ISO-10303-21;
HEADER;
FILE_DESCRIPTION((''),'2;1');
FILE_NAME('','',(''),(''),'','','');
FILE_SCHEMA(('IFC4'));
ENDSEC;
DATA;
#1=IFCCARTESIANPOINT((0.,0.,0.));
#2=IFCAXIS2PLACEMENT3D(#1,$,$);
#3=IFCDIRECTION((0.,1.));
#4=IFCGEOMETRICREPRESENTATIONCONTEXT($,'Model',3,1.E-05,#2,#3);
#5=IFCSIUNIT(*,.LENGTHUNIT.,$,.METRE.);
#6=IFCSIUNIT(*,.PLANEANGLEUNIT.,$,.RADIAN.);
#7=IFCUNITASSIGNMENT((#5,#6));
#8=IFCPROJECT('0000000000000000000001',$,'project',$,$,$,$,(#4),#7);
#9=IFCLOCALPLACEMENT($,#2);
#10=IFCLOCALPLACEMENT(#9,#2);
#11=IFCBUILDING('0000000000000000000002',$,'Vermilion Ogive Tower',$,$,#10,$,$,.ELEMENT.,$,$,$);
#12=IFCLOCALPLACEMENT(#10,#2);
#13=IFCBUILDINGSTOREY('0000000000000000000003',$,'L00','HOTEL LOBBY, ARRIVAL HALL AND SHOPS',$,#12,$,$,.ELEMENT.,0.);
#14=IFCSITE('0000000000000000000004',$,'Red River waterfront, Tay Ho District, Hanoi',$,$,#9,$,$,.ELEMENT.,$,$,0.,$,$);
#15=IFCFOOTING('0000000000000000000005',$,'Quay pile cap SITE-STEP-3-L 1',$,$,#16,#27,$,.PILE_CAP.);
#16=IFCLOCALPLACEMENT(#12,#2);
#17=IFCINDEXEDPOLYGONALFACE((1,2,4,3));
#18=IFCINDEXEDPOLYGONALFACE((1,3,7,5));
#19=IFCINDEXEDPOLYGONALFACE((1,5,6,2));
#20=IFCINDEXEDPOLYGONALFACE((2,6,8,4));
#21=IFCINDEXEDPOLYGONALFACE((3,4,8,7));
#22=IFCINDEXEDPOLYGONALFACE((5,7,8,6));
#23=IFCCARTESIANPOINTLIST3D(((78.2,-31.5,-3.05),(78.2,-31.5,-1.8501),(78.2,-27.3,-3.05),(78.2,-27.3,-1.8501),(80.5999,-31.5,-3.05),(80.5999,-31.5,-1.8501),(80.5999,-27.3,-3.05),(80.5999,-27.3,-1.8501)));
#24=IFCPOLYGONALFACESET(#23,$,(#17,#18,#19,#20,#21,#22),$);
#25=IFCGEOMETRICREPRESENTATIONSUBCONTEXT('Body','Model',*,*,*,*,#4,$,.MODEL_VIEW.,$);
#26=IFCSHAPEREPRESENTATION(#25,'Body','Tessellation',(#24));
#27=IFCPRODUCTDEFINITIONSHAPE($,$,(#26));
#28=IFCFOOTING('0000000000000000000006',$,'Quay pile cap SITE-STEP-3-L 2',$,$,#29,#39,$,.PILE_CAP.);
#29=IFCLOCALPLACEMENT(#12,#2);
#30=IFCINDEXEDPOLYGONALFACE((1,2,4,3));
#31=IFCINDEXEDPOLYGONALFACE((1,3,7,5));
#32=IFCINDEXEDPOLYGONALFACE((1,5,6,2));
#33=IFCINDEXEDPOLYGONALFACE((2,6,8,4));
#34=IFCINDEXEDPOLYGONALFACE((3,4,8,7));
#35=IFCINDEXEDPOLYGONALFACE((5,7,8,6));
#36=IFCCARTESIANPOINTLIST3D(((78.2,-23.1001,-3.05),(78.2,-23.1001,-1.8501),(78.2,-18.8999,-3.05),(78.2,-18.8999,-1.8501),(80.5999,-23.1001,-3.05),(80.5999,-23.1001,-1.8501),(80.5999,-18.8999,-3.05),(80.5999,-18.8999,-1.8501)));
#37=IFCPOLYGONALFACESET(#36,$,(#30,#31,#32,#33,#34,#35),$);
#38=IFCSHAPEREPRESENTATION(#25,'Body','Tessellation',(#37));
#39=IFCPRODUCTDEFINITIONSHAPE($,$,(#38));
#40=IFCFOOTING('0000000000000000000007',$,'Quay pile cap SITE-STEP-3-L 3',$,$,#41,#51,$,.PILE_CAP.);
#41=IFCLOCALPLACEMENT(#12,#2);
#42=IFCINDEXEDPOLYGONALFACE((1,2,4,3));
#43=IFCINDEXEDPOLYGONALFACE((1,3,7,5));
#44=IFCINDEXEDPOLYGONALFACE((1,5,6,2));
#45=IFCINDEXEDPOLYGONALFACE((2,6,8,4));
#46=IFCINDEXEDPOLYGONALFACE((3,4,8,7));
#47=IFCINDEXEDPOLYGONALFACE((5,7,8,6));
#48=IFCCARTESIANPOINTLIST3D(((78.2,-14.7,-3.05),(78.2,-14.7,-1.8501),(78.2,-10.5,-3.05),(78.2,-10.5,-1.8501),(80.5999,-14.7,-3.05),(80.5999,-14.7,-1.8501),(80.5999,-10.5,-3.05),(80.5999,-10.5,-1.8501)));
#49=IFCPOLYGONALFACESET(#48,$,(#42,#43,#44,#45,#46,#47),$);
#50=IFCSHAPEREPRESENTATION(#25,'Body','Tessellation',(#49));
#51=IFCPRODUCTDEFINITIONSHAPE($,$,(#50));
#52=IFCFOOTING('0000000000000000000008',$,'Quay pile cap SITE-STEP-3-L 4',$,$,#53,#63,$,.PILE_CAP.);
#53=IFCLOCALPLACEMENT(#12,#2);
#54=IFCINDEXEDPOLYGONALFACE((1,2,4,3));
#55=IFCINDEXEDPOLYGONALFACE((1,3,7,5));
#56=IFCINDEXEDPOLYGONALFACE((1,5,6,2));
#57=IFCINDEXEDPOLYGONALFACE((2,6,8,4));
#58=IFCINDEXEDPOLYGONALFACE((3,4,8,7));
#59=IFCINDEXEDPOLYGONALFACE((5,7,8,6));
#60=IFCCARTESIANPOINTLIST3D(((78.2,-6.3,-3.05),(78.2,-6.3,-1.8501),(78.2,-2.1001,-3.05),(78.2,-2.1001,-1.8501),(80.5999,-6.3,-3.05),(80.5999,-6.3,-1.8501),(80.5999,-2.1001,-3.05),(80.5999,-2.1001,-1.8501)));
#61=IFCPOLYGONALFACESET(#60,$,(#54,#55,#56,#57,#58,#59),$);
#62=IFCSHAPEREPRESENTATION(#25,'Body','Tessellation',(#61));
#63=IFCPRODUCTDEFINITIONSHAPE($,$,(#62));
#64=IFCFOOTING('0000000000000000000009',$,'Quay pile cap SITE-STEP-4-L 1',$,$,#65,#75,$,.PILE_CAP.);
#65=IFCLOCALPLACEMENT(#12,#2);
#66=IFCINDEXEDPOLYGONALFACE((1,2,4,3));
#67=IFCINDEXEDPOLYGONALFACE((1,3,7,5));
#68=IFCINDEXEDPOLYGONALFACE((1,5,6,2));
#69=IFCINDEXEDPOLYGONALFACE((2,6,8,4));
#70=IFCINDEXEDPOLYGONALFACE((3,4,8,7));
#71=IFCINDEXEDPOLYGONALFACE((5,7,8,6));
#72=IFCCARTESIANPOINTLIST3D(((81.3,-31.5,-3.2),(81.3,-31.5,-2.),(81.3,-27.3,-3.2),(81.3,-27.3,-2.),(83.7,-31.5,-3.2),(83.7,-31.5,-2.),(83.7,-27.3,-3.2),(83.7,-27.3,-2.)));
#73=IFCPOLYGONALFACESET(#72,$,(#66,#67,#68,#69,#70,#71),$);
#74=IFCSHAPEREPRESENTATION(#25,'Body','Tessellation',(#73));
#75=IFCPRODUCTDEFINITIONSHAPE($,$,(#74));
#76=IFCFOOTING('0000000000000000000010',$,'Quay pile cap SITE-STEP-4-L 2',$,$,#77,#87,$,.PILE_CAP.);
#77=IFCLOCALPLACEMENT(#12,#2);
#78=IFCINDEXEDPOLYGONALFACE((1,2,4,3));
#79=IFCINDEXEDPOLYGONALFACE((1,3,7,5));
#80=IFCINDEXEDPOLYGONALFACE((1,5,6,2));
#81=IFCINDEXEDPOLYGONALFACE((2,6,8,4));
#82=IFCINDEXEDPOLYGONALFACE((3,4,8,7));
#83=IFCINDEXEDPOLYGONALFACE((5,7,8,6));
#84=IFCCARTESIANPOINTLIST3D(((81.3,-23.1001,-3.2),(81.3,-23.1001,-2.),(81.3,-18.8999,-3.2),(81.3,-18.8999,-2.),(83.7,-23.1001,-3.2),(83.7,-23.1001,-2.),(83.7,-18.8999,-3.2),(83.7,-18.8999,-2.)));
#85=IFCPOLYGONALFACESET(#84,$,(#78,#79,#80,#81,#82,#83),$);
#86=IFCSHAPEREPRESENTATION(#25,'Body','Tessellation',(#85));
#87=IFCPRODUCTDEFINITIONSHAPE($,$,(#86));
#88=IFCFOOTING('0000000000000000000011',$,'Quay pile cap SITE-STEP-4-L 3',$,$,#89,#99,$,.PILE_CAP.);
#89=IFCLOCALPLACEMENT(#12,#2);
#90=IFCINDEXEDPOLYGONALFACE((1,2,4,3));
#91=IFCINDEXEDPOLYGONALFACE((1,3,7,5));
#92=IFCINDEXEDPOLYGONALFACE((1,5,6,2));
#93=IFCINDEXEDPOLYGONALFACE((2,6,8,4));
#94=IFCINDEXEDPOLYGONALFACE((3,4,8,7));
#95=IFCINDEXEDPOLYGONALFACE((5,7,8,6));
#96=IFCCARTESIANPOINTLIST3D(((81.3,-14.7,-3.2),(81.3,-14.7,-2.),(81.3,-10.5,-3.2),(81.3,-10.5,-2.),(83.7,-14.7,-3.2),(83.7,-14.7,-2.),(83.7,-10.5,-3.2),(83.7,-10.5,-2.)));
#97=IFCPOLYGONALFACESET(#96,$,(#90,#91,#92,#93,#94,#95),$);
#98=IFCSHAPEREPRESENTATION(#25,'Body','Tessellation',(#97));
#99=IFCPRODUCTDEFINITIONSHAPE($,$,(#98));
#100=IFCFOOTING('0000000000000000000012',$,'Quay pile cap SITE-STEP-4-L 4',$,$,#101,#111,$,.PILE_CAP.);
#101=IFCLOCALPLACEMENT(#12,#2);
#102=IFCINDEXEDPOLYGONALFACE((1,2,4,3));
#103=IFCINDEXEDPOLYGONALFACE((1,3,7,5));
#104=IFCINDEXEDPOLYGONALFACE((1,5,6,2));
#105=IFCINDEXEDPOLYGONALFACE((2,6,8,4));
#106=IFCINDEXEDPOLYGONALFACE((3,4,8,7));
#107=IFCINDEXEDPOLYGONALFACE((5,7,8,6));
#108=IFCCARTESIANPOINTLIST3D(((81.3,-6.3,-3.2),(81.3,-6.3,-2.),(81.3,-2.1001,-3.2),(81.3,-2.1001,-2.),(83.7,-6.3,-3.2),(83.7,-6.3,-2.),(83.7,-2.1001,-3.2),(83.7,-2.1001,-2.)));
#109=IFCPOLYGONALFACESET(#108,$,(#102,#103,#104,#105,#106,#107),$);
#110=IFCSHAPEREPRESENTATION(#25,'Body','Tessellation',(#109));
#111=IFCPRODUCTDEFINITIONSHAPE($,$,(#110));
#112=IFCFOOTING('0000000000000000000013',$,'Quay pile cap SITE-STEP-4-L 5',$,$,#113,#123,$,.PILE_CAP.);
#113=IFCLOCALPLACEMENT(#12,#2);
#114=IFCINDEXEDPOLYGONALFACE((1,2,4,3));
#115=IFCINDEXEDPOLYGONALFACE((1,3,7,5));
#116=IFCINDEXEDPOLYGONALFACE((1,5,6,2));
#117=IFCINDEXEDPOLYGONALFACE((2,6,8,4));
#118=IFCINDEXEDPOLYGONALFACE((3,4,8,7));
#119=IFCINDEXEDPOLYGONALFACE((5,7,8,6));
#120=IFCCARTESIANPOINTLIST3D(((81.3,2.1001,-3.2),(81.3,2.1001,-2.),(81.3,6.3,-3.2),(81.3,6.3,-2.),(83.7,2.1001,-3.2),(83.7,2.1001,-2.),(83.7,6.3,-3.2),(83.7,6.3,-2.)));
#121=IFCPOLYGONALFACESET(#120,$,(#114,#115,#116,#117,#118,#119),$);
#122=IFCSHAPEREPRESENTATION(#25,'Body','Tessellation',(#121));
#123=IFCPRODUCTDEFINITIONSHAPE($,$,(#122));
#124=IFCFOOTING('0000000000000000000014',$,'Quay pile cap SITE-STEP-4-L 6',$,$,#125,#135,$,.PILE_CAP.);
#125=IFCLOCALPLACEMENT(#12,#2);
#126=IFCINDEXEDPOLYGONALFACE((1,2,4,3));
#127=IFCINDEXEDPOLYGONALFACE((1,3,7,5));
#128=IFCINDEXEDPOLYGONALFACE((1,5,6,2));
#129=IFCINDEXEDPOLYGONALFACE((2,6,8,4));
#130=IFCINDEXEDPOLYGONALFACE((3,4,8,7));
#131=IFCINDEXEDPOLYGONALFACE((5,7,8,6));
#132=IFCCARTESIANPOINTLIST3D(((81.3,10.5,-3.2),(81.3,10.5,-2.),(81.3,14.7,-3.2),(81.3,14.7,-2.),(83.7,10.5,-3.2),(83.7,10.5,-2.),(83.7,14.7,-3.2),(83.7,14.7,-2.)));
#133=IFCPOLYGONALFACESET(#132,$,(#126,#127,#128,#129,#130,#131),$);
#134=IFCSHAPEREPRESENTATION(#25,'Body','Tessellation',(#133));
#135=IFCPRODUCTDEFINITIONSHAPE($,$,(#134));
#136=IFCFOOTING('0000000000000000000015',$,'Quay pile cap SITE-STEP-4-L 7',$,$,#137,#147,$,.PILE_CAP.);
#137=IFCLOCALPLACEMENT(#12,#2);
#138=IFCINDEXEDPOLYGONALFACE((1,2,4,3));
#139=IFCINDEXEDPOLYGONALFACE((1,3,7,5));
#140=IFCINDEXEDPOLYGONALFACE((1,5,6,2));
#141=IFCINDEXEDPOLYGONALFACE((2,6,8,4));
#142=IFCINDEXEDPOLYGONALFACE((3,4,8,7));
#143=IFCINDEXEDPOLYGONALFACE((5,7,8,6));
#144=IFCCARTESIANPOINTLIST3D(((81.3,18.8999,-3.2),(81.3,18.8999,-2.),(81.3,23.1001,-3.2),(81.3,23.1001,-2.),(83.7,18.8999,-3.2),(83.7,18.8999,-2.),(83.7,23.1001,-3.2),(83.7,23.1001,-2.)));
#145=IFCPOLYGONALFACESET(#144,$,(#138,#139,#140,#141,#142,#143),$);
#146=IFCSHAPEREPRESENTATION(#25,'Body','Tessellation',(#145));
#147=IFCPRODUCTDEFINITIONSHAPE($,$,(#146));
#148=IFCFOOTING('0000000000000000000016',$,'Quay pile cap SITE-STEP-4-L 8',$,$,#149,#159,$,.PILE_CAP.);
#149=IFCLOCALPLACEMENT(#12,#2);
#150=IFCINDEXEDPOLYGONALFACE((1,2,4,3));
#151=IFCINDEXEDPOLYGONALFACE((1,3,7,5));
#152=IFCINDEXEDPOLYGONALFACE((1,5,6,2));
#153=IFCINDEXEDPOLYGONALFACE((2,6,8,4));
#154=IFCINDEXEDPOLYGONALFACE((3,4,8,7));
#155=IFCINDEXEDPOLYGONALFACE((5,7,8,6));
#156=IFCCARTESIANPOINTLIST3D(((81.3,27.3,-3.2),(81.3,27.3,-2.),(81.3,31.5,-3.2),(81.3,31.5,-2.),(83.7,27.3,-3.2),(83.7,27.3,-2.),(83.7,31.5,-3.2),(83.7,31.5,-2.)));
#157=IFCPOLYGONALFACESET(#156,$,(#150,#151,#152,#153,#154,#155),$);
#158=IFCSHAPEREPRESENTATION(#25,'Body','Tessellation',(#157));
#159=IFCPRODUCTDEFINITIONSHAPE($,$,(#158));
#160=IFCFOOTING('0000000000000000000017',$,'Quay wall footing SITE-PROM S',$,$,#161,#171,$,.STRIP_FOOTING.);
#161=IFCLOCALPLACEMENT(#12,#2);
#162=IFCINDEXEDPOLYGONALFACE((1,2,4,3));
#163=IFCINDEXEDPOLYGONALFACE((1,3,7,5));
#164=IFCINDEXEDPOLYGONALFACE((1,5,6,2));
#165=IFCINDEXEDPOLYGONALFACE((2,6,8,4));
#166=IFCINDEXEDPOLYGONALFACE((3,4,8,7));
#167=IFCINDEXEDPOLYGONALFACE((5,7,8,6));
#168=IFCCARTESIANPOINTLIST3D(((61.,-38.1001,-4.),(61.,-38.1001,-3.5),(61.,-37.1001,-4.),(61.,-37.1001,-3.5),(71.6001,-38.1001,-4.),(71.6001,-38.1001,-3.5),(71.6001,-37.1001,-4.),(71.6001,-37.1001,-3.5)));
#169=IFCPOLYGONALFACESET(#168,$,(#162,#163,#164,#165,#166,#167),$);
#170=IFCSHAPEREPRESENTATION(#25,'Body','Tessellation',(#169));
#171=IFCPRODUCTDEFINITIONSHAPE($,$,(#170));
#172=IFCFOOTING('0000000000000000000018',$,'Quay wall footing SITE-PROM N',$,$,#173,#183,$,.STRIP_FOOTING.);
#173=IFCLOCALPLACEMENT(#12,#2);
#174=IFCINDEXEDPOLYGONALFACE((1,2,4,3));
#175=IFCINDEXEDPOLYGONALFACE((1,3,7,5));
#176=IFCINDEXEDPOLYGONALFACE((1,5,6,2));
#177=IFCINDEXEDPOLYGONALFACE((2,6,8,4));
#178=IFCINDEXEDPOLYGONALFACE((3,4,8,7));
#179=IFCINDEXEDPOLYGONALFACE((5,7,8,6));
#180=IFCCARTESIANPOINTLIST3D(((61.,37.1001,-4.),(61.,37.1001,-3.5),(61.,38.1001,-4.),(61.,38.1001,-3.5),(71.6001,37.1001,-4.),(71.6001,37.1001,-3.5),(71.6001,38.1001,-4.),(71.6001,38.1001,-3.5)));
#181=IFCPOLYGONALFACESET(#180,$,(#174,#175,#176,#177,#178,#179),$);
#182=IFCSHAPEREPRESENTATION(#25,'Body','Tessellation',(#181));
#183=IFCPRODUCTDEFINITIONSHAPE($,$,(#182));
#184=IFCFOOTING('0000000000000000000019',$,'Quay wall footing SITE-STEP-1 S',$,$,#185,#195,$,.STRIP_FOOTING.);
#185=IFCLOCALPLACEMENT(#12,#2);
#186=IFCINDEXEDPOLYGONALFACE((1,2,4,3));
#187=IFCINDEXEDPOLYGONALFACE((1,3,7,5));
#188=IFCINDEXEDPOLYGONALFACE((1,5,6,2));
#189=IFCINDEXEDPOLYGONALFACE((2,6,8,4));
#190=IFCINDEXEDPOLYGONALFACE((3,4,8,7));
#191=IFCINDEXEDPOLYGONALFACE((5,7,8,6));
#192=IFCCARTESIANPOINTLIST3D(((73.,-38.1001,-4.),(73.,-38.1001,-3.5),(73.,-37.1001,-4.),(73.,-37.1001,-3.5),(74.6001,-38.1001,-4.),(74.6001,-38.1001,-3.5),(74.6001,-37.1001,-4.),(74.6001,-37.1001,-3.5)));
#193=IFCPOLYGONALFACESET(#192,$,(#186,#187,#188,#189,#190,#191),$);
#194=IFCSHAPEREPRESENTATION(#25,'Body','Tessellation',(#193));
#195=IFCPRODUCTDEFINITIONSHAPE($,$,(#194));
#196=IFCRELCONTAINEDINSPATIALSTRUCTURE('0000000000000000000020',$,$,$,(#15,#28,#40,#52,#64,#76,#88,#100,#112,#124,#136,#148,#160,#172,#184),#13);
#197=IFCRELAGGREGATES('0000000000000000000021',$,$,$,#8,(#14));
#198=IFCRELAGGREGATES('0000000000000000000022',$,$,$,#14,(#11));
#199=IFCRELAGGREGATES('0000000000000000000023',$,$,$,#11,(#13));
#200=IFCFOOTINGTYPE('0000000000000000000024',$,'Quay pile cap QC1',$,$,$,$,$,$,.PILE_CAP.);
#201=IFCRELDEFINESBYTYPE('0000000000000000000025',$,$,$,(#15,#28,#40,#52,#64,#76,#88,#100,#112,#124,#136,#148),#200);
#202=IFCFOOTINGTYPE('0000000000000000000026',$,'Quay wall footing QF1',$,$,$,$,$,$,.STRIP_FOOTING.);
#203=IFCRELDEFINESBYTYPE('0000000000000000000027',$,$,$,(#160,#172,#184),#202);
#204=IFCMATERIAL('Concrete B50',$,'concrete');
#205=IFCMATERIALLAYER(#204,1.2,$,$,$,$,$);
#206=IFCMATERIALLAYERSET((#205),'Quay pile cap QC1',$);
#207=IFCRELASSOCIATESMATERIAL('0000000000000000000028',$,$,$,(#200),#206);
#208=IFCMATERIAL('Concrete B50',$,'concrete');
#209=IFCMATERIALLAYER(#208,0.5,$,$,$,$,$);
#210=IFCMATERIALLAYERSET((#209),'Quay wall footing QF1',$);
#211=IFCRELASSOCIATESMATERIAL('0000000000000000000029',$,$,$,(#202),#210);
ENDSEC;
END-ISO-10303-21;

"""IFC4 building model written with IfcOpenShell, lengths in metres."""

from ifc_helpers import new_model, si_unit, direction, frame, origin, place, context, subcontext, project, spatial, polyline, outline, extrude, material, layer, layer_set, type_object, element, save


model = new_model("IFC4")

# Units and contexts
model_context = context("Model", 3, precision=1e-05, world=origin(), true_north=direction((0.0, 1.0)))
body_context = subcontext(model_context, "Body", "Model", "MODEL_VIEW")
ifc_project = project(units=[si_unit("LENGTHUNIT", "METRE"), si_unit("PLANEANGLEUNIT", "RADIAN")], contexts=[model_context])

# Site, building, storey
site_placement = place(None, origin())
site = spatial("IfcSite", under=ifc_project, at=site_placement, Name="Red River waterfront, Tay Ho District, Hanoi", CompositionType="ELEMENT", RefElevation=0.0)
building_placement = place(site_placement, origin())
building = spatial("IfcBuilding", under=site, at=building_placement, Name="Vermilion Ogive Tower", CompositionType="ELEMENT")
storey_placement = place(building_placement, origin())
storey = spatial("IfcBuildingStorey", under=building, at=storey_placement, Name="L00", Description="HOTEL LOBBY, ARRIVAL HALL AND SHOPS", CompositionType="ELEMENT", Elevation=0.0)

# Footings
ifc_material_1 = material(Name="Concrete B50", Category="concrete")
ifc_layer_1 = layer(ifc_material_1, 1.2)
ifc_layer_set_1 = layer_set([ifc_layer_1], Name="Quay pile cap QC1")
footing_type_1 = type_object("IfcFootingType", Name="Quay pile cap QC1", PredefinedType="PILE_CAP", material=ifc_layer_set_1)
footing_1_placement = place(storey_placement, frame((0.0, 0.0, -3.05)))
element("IfcFooting", 1, at=footing_1_placement, inside=storey, type_object=footing_type_1, Name="Quay pile cap SITE-STEP-3-L 1", PredefinedType="PILE_CAP", context=body_context, shape_type="SweptSolid", body=[
    extrude(outline(polyline([(80.5999, -31.5), (80.5999, -27.3), (78.2, -27.3), (78.2, -31.5), (80.5999, -31.5)])), origin(), (0.0, 0.0, 1.0), 1.2),
])
footing_2_placement = place(storey_placement, frame((0.0, 0.0, -3.05)))
element("IfcFooting", 2, at=footing_2_placement, inside=storey, type_object=footing_type_1, Name="Quay pile cap SITE-STEP-3-L 2", PredefinedType="PILE_CAP", context=body_context, shape_type="SweptSolid", body=[
    extrude(outline(polyline([(80.5999, -23.1001), (80.5999, -18.8999), (78.2, -18.8999), (78.2, -23.1001), (80.5999, -23.1001)])), origin(), (0.0, 0.0, 1.0), 1.2),
])
footing_3_placement = place(storey_placement, frame((0.0, 0.0, -3.05)))
element("IfcFooting", 3, at=footing_3_placement, inside=storey, type_object=footing_type_1, Name="Quay pile cap SITE-STEP-3-L 3", PredefinedType="PILE_CAP", context=body_context, shape_type="SweptSolid", body=[
    extrude(outline(polyline([(80.5999, -14.7), (80.5999, -10.5), (78.2, -10.5), (78.2, -14.7), (80.5999, -14.7)])), origin(), (0.0, 0.0, 1.0), 1.2),
])
footing_4_placement = place(storey_placement, frame((0.0, 0.0, -3.05)))
element("IfcFooting", 4, at=footing_4_placement, inside=storey, type_object=footing_type_1, Name="Quay pile cap SITE-STEP-3-L 4", PredefinedType="PILE_CAP", context=body_context, shape_type="SweptSolid", body=[
    extrude(outline(polyline([(80.5999, -6.3), (80.5999, -2.1001), (78.2, -2.1001), (78.2, -6.3), (80.5999, -6.3)])), origin(), (0.0, 0.0, 1.0), 1.2),
])
footing_5_placement = place(storey_placement, frame((0.0, 0.0, -3.2)))
element("IfcFooting", 5, at=footing_5_placement, inside=storey, type_object=footing_type_1, Name="Quay pile cap SITE-STEP-4-L 1", PredefinedType="PILE_CAP", context=body_context, shape_type="SweptSolid", body=[
    extrude(outline(polyline([(83.7, -31.5), (83.7, -27.3), (81.3, -27.3), (81.3, -31.5), (83.7, -31.5)])), origin(), (0.0, 0.0, 1.0), 1.2),
])
footing_6_placement = place(storey_placement, frame((0.0, 0.0, -3.2)))
element("IfcFooting", 6, at=footing_6_placement, inside=storey, type_object=footing_type_1, Name="Quay pile cap SITE-STEP-4-L 2", PredefinedType="PILE_CAP", context=body_context, shape_type="SweptSolid", body=[
    extrude(outline(polyline([(83.7, -23.1001), (83.7, -18.8999), (81.3, -18.8999), (81.3, -23.1001), (83.7, -23.1001)])), origin(), (0.0, 0.0, 1.0), 1.2),
])
footing_7_placement = place(storey_placement, frame((0.0, 0.0, -3.2)))
element("IfcFooting", 7, at=footing_7_placement, inside=storey, type_object=footing_type_1, Name="Quay pile cap SITE-STEP-4-L 3", PredefinedType="PILE_CAP", context=body_context, shape_type="SweptSolid", body=[
    extrude(outline(polyline([(83.7, -14.7), (83.7, -10.5), (81.3, -10.5), (81.3, -14.7), (83.7, -14.7)])), origin(), (0.0, 0.0, 1.0), 1.2),
])
footing_8_placement = place(storey_placement, frame((0.0, 0.0, -3.2)))
element("IfcFooting", 8, at=footing_8_placement, inside=storey, type_object=footing_type_1, Name="Quay pile cap SITE-STEP-4-L 4", PredefinedType="PILE_CAP", context=body_context, shape_type="SweptSolid", body=[
    extrude(outline(polyline([(83.7, -6.3), (83.7, -2.1001), (81.3, -2.1001), (81.3, -6.3), (83.7, -6.3)])), origin(), (0.0, 0.0, 1.0), 1.2),
])
footing_9_placement = place(storey_placement, frame((0.0, 0.0, -3.2)))
element("IfcFooting", 9, at=footing_9_placement, inside=storey, type_object=footing_type_1, Name="Quay pile cap SITE-STEP-4-L 5", PredefinedType="PILE_CAP", context=body_context, shape_type="SweptSolid", body=[
    extrude(outline(polyline([(83.7, 2.1001), (83.7, 6.3), (81.3, 6.3), (81.3, 2.1001), (83.7, 2.1001)])), origin(), (0.0, 0.0, 1.0), 1.2),
])
footing_10_placement = place(storey_placement, frame((0.0, 0.0, -3.2)))
element("IfcFooting", 10, at=footing_10_placement, inside=storey, type_object=footing_type_1, Name="Quay pile cap SITE-STEP-4-L 6", PredefinedType="PILE_CAP", context=body_context, shape_type="SweptSolid", body=[
    extrude(outline(polyline([(83.7, 10.5), (83.7, 14.7), (81.3, 14.7), (81.3, 10.5), (83.7, 10.5)])), origin(), (0.0, 0.0, 1.0), 1.2),
])
footing_11_placement = place(storey_placement, frame((0.0, 0.0, -3.2)))
element("IfcFooting", 11, at=footing_11_placement, inside=storey, type_object=footing_type_1, Name="Quay pile cap SITE-STEP-4-L 7", PredefinedType="PILE_CAP", context=body_context, shape_type="SweptSolid", body=[
    extrude(outline(polyline([(83.7, 18.8999), (83.7, 23.1001), (81.3, 23.1001), (81.3, 18.8999), (83.7, 18.8999)])), origin(), (0.0, 0.0, 1.0), 1.2),
])
footing_12_placement = place(storey_placement, frame((0.0, 0.0, -3.2)))
element("IfcFooting", 12, at=footing_12_placement, inside=storey, type_object=footing_type_1, Name="Quay pile cap SITE-STEP-4-L 8", PredefinedType="PILE_CAP", context=body_context, shape_type="SweptSolid", body=[
    extrude(outline(polyline([(83.7, 27.3), (83.7, 31.5), (81.3, 31.5), (81.3, 27.3), (83.7, 27.3)])), origin(), (0.0, 0.0, 1.0), 1.2),
])
ifc_material_2 = material(Name="Concrete B50", Category="concrete")
ifc_layer_2 = layer(ifc_material_2, 0.5)
ifc_layer_set_2 = layer_set([ifc_layer_2], Name="Quay wall footing QF1")
footing_type_2 = type_object("IfcFootingType", Name="Quay wall footing QF1", PredefinedType="STRIP_FOOTING", material=ifc_layer_set_2)
footing_13_placement = place(storey_placement, frame((0.0, 0.0, -4.0)))
element("IfcFooting", 13, at=footing_13_placement, inside=storey, type_object=footing_type_2, Name="Quay wall footing SITE-PROM S", PredefinedType="STRIP_FOOTING", context=body_context, shape_type="SweptSolid", body=[
    extrude(outline(polyline([(71.6001, -38.1001), (71.6001, -37.1001), (61.0, -37.1001), (61.0, -38.1001), (71.6001, -38.1001)])), origin(), (0.0, 0.0, 1.0), 0.5),
])
footing_14_placement = place(storey_placement, frame((0.0, 0.0, -4.0)))
element("IfcFooting", 14, at=footing_14_placement, inside=storey, type_object=footing_type_2, Name="Quay wall footing SITE-PROM N", PredefinedType="STRIP_FOOTING", context=body_context, shape_type="SweptSolid", body=[
    extrude(outline(polyline([(71.6001, 37.1001), (71.6001, 38.1001), (61.0, 38.1001), (61.0, 37.1001), (71.6001, 37.1001)])), origin(), (0.0, 0.0, 1.0), 0.5),
])
footing_15_placement = place(storey_placement, frame((0.0, 0.0, -4.0)))
element("IfcFooting", 15, at=footing_15_placement, inside=storey, type_object=footing_type_2, Name="Quay wall footing SITE-STEP-1 S", PredefinedType="STRIP_FOOTING", context=body_context, shape_type="SweptSolid", body=[
    extrude(outline(polyline([(74.6001, -38.1001), (74.6001, -37.1001), (73.0, -37.1001), (73.0, -38.1001), (74.6001, -38.1001)])), origin(), (0.0, 0.0, 1.0), 0.5),
])

save(model, "model.ifc")
